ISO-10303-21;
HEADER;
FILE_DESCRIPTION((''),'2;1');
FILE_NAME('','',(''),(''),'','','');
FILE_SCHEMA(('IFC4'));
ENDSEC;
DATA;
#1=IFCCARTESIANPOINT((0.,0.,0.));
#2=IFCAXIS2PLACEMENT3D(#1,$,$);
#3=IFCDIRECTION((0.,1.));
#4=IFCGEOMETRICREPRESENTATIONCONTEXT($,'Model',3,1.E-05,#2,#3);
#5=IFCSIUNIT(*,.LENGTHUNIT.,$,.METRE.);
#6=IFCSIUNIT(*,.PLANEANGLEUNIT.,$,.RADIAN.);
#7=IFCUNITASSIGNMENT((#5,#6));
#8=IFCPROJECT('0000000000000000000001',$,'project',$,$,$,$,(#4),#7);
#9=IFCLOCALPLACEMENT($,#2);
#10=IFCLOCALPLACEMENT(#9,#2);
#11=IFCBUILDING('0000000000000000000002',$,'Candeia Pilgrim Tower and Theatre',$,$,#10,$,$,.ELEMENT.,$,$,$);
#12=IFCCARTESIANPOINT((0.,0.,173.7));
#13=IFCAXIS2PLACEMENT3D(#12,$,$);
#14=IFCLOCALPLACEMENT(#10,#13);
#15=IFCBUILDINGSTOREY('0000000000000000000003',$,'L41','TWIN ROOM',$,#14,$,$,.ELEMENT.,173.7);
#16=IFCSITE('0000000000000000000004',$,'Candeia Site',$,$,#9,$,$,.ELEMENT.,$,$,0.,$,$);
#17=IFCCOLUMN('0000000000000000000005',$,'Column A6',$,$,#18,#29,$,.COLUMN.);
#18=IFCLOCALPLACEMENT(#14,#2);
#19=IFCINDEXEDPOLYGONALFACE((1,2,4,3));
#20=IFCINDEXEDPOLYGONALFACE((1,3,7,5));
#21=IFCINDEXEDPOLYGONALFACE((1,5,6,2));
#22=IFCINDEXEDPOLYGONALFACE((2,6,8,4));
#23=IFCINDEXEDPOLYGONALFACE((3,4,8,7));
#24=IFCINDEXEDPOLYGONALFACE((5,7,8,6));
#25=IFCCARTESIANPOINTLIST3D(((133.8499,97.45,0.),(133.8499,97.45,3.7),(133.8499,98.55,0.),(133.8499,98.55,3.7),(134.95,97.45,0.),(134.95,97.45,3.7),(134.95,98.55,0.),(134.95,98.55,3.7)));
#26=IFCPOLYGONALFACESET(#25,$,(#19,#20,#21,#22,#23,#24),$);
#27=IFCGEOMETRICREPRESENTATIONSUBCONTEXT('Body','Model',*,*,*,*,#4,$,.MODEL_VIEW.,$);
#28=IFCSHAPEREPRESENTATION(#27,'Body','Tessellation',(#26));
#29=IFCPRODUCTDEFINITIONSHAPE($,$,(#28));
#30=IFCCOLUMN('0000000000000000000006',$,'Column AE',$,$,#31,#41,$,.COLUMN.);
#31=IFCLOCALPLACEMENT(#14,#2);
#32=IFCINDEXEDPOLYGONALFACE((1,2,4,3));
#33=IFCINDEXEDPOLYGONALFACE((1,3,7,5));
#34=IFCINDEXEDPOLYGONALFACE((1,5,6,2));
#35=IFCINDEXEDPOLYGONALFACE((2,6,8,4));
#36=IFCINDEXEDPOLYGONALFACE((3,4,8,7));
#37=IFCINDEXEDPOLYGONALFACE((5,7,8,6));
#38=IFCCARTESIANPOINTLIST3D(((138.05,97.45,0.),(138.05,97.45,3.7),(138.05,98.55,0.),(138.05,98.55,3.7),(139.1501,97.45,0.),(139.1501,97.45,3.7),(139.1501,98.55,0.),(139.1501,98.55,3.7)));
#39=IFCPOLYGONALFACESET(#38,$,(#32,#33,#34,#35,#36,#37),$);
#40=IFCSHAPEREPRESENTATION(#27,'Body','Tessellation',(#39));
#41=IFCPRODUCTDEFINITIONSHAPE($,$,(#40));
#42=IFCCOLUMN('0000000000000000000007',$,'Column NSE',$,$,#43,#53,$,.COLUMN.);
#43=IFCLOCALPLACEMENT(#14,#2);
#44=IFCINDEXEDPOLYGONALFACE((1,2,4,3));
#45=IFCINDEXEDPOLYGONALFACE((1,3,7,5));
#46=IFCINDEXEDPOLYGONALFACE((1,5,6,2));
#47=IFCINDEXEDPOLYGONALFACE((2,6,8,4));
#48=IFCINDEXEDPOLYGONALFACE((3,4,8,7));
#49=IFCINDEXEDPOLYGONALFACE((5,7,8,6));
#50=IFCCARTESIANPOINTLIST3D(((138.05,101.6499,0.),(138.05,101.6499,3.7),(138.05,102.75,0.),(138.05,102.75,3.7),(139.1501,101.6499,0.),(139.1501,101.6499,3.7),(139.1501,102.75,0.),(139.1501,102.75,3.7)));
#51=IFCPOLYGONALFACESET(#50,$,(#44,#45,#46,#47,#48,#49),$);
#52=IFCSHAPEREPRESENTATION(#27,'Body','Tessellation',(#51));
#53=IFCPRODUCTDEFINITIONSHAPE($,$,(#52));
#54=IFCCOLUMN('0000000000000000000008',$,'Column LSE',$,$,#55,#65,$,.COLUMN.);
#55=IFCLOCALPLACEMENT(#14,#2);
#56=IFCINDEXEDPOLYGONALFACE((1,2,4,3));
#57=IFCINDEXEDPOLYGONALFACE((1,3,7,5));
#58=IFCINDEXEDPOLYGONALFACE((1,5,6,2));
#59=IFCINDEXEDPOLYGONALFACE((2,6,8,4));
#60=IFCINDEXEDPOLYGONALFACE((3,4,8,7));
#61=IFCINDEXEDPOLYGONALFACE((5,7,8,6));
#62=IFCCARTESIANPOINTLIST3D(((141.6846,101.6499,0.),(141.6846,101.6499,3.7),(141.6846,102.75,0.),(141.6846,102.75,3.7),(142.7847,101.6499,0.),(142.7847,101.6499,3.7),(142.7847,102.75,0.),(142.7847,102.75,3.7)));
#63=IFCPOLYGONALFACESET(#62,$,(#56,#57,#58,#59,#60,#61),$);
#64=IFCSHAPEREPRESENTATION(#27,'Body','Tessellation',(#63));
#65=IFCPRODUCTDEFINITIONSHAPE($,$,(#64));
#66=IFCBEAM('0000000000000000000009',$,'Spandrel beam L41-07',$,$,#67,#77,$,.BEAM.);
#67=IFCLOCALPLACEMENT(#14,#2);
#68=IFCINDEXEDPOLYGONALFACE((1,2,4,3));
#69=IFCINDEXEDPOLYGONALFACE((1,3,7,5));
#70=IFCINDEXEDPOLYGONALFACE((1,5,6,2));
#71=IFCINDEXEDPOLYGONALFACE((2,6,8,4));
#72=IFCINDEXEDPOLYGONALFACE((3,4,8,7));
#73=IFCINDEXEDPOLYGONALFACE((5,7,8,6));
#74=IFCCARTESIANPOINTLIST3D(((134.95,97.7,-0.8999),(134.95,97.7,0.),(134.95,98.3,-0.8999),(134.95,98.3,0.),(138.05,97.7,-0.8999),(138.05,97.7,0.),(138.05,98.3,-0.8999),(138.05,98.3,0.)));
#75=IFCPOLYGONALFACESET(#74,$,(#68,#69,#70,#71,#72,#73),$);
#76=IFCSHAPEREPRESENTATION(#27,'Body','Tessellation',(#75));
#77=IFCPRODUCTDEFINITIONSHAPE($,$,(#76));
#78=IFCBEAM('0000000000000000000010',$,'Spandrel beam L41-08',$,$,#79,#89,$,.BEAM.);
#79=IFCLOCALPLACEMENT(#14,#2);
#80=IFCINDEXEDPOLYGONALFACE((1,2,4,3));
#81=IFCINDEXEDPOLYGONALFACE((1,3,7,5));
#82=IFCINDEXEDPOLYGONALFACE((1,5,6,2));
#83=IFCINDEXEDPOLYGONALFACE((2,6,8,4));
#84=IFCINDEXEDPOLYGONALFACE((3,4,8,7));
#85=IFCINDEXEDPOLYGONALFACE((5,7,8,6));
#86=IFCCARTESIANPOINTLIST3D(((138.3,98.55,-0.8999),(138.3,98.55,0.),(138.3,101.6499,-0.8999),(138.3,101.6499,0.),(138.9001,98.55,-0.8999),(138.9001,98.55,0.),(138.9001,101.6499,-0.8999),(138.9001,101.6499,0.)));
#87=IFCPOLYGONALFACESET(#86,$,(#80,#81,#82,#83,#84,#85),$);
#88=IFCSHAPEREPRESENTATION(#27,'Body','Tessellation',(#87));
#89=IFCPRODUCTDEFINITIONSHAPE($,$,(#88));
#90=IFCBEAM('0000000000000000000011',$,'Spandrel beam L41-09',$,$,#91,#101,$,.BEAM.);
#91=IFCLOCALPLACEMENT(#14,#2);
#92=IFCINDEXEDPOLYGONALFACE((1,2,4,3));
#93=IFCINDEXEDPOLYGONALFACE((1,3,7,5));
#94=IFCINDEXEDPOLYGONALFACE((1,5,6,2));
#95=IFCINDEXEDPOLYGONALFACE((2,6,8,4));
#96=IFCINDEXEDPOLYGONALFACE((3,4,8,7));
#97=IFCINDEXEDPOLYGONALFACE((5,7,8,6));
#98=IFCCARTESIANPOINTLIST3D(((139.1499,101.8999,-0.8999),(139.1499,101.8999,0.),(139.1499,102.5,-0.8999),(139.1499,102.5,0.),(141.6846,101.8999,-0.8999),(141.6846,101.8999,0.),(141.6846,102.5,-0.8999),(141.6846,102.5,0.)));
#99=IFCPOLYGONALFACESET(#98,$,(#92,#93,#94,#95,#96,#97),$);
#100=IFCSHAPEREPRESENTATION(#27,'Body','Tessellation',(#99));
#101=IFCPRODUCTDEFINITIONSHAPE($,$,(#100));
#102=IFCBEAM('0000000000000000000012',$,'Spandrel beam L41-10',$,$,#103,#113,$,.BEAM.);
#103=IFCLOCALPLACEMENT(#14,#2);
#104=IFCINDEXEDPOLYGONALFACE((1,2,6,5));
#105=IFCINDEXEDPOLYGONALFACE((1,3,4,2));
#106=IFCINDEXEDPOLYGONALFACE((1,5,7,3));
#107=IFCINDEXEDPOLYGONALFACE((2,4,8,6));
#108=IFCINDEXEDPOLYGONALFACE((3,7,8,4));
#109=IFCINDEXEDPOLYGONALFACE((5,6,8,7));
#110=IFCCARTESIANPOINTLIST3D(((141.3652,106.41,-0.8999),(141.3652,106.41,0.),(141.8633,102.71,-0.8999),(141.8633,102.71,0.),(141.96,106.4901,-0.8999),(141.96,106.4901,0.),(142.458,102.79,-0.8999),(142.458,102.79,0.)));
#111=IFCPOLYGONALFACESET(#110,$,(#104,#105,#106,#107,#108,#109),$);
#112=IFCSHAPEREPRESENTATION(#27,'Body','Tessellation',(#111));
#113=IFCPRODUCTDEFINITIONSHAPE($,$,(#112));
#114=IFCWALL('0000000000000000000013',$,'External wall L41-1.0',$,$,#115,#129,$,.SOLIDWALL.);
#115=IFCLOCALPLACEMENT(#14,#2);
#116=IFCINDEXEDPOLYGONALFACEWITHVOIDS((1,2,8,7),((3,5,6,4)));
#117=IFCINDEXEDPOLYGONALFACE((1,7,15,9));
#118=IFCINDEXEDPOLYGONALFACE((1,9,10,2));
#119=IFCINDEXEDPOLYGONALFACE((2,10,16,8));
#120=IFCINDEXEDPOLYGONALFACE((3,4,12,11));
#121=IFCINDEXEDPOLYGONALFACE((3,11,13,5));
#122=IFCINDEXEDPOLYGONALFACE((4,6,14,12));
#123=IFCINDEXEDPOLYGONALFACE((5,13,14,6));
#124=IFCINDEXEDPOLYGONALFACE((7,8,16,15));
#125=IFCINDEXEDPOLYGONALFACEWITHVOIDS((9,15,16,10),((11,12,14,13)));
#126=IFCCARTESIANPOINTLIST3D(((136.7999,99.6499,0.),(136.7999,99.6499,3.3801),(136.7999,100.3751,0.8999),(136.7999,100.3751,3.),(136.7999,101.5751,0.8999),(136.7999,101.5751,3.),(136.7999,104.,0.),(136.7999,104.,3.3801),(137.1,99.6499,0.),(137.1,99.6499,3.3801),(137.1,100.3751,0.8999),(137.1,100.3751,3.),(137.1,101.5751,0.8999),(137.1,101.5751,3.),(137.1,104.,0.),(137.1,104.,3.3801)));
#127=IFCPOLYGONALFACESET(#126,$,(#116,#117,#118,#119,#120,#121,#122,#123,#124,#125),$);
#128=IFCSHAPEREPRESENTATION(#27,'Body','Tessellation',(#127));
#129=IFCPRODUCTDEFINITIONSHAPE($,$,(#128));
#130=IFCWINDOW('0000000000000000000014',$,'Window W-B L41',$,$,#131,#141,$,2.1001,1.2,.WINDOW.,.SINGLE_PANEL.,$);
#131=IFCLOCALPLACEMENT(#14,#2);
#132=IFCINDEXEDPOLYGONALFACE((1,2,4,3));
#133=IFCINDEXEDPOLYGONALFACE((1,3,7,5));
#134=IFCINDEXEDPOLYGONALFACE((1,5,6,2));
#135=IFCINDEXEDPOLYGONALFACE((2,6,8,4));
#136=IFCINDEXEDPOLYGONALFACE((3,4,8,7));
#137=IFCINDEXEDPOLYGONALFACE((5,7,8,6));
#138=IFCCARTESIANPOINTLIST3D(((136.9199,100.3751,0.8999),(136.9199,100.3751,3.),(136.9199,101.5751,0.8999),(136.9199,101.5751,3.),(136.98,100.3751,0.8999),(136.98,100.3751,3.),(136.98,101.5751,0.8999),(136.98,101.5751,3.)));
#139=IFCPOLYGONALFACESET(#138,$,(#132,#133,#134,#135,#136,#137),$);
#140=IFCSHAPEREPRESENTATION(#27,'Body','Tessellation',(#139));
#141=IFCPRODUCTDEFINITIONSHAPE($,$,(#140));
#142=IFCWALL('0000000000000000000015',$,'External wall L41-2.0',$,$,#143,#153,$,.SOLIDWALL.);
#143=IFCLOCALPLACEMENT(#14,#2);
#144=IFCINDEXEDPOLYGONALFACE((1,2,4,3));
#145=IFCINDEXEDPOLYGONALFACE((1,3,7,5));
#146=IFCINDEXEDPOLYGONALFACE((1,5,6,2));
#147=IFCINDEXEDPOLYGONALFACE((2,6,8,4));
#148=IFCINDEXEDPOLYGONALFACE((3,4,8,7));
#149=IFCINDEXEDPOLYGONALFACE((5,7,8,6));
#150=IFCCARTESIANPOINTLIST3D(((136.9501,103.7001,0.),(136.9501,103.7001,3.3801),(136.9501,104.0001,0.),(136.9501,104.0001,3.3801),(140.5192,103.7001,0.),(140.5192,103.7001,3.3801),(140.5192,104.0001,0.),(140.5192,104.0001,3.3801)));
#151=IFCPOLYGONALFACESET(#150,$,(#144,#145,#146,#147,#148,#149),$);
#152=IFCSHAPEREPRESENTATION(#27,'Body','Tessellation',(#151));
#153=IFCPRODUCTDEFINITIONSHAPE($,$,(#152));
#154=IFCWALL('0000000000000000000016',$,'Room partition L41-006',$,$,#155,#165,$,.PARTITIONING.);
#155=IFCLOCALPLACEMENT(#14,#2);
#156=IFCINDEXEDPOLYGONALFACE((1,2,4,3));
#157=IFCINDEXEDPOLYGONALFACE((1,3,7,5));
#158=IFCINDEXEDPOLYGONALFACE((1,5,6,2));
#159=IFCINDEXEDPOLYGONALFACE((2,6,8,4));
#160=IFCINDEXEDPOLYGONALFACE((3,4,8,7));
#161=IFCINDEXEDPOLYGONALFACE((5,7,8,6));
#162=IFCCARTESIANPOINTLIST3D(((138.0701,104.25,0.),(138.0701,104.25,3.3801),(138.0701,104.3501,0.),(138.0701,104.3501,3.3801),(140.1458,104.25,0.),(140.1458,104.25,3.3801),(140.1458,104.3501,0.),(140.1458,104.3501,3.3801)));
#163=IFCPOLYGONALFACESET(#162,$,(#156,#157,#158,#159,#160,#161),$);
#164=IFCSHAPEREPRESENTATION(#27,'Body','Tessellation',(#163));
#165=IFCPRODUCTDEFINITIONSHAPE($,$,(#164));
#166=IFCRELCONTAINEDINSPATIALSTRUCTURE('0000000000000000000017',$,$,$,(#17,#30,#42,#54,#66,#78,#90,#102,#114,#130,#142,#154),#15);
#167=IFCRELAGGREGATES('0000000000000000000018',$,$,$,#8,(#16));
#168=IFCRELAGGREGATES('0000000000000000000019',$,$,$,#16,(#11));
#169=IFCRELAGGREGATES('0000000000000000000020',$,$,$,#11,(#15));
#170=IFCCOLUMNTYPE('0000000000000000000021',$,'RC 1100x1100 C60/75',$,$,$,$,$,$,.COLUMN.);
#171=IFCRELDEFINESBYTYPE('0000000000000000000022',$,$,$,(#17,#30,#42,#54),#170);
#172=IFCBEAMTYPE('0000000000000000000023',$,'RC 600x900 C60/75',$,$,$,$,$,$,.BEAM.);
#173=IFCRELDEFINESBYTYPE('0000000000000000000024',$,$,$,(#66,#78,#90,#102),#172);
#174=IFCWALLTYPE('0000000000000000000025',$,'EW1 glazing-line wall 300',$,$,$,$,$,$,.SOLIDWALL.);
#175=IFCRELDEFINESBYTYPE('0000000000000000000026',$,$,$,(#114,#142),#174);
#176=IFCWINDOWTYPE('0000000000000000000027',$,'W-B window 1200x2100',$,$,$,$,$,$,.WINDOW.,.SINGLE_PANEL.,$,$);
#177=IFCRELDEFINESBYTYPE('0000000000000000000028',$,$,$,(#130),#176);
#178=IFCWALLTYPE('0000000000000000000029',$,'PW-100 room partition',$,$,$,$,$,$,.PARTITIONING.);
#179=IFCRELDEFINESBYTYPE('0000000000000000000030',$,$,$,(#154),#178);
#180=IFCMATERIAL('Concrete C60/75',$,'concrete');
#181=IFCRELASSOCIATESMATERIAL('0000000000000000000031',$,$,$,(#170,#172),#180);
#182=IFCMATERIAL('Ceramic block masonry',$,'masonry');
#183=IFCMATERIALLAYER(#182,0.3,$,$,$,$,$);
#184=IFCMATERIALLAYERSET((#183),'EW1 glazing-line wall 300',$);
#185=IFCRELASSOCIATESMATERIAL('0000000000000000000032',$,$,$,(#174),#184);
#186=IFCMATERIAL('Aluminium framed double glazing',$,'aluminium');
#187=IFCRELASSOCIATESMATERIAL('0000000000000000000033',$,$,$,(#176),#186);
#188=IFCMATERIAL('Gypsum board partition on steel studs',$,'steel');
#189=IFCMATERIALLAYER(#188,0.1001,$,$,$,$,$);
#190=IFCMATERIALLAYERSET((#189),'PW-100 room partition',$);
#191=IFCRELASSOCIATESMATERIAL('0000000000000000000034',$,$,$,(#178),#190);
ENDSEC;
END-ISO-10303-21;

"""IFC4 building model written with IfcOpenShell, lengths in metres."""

from ifc_helpers import new_model, si_unit, direction, frame, frame_2d, origin, origin_2d, place, context, subcontext, project, spatial, rectangle, extrude, material, layer, layer_set, material_profile, profile_set, type_object, element, fill, save


model = new_model("IFC4")

# Units and contexts
model_context = context("Model", 3, precision=1e-05, world=origin(), true_north=direction((0.0, 1.0)))
body_context = subcontext(model_context, "Body", "Model", "MODEL_VIEW")
ifc_project = project(units=[si_unit("LENGTHUNIT", "METRE"), si_unit("PLANEANGLEUNIT", "RADIAN")], contexts=[model_context])

# Site, building, storey
site_placement = place(None, origin())
site = spatial("IfcSite", under=ifc_project, at=site_placement, Name="Candeia Site", CompositionType="ELEMENT", RefElevation=0.0)
building_placement = place(site_placement, origin())
building = spatial("IfcBuilding", under=site, at=building_placement, Name="Candeia Pilgrim Tower and Theatre", CompositionType="ELEMENT")
storey_placement = place(building_placement, frame((0.0, 0.0, 173.7)))
storey = spatial("IfcBuildingStorey", under=building, at=storey_placement, Name="L41", Description="TWIN ROOM", CompositionType="ELEMENT", Elevation=173.7)

# Columns
ifc_material_1 = material(Name="Concrete C60/75", Category="concrete")
ifc_material_profile_1 = material_profile(ifc_material_1, rectangle(XDim=1.1001, YDim=1.1001, at=origin_2d()))
ifc_profile_set_1 = profile_set([ifc_material_profile_1], Name="Concrete C60/75")
column_type = type_object("IfcColumnType", Name="RC 1100x1100 C60/75", PredefinedType="COLUMN", material=ifc_profile_set_1)
for number, where, z_axis, x_axis, name in (
    (1, (134.3999, 98.0, 0.0), (0.0, 0.0, 1.0), (1.0, 0.0, 0.0), "Column A6"),
    (2, (138.6001, 98.0, 0.0), (0.0, 0.0, 1.0), (1.0, 0.0, 0.0), "Column AE"),
    (3, (138.6001, 102.2, 0.0), (0.0, 0.0, 1.0), (1.0, 0.0, 0.0), "Column NSE"),
    (4, (142.2346, 102.2, 0.0), (0.0, 0.0, 1.0), (1.0, 0.0, 0.0), "Column LSE"),
):
    element("IfcColumn", number, at=place(storey_placement, frame(where, z_axis=z_axis, x_axis=x_axis)), inside=storey, type_object=column_type, Name=name, PredefinedType="COLUMN", context=body_context, shape_type="SweptSolid", body=[
        extrude(rectangle(XDim=1.1001, YDim=1.1001, at=origin_2d()), origin(), (0.0, 0.0, 1.0), 3.7),
    ])

# Beams
ifc_material_profile_2 = material_profile(ifc_material_1, rectangle(XDim=0.6001, YDim=0.8999, at=origin_2d()))
ifc_profile_set_2 = profile_set([ifc_material_profile_2], Name="Concrete C60/75")
beam_type = type_object("IfcBeamType", Name="RC 600x900 C60/75", PredefinedType="BEAM", material=ifc_profile_set_2)
beam_1_placement = place(storey_placement, frame((134.95, 98.0, -0.45), z_axis=(1.0, 0.0, 0.0), x_axis=(0.0, 1.0, 0.0)))
element("IfcBeam", 5, at=beam_1_placement, inside=storey, type_object=beam_type, Name="Spandrel beam L41-07", PredefinedType="BEAM", context=body_context, shape_type="SweptSolid", body=[
    extrude(rectangle(XDim=0.6001, YDim=0.8999, at=origin_2d()), origin(), (0.0, 0.0, 1.0), 3.1001),
])
beam_2_placement = place(storey_placement, frame((138.6001, 98.55, -0.45), z_axis=(0.0, 1.0, 0.0), x_axis=(-1.0, 0.0, 0.0)))
element("IfcBeam", 6, at=beam_2_placement, inside=storey, type_object=beam_type, Name="Spandrel beam L41-08", PredefinedType="BEAM", context=body_context, shape_type="SweptSolid", body=[
    extrude(rectangle(XDim=0.6001, YDim=0.8999, at=origin_2d()), origin(), (0.0, 0.0, 1.0), 3.0999),
])
beam_3_placement = place(storey_placement, frame((139.1499, 102.2, -0.45), z_axis=(1.0, 0.0, 0.0), x_axis=(0.0, 1.0, 0.0)))
element("IfcBeam", 7, at=beam_3_placement, inside=storey, type_object=beam_type, Name="Spandrel beam L41-09", PredefinedType="BEAM", context=body_context, shape_type="SweptSolid", body=[
    extrude(rectangle(XDim=0.6001, YDim=0.8999, at=origin_2d()), origin(), (0.0, 0.0, 1.0), 2.5347),
])
beam_4_placement = place(storey_placement, frame((142.1606, 102.75, -0.45), z_axis=(-0.133406, 0.991061, 0.0), x_axis=(-0.991061, -0.133406, 0.0)))
element("IfcBeam", 8, at=beam_4_placement, inside=storey, type_object=beam_type, Name="Spandrel beam L41-10", PredefinedType="BEAM", context=body_context, shape_type="SweptSolid", body=[
    extrude(rectangle(XDim=0.6001, YDim=0.8999, at=origin_2d()), origin(), (0.0, 0.0, 1.0), 3.7334),
])

# Wall, opening, window
ifc_material_2 = material(Name="Ceramic block masonry", Category="masonry")
ifc_layer_1 = layer(ifc_material_2, 0.3)
ifc_layer_set_1 = layer_set([ifc_layer_1], Name="EW1 glazing-line wall 300")
wall_type_1 = type_object("IfcWallType", Name="EW1 glazing-line wall 300", PredefinedType="SOLIDWALL", material=ifc_layer_set_1)
wall_1_placement = place(storey_placement, frame((136.95, 99.6499, 0.0), z_axis=(0.0, 0.0, 1.0), x_axis=(0.0, 1.0, 0.0)))
wall_1 = element("IfcWall", 9, at=wall_1_placement, inside=storey, type_object=wall_type_1, Name="External wall L41-1.0", PredefinedType="SOLIDWALL", context=body_context, shape_type="SweptSolid", body=[
    extrude(rectangle(XDim=4.3501, YDim=0.3, at=frame_2d((2.175, 0.0))), origin(), (0.0, 0.0, 1.0), 3.3801),
])
opening_1_placement = place(wall_1_placement, frame((0.7251, 0.0, 0.8999)))
opening_1 = element("IfcOpeningElement", 10, at=opening_1_placement, cuts=wall_1, PredefinedType="OPENING", context=body_context, shape_type="SweptSolid", body=[
    extrude(rectangle(XDim=1.2, YDim=2.1001, at=frame_2d((0.6001, 1.05))), frame((0.0, 0.1602, 0.0), z_axis=(0.0, -1.0, 0.0), x_axis=(1.0, 0.0, 0.0)), (0.0, 0.0, 1.0), 0.3201),
])
ifc_material_3 = material(Name="Aluminium framed double glazing", Category="aluminium")
window_type = type_object("IfcWindowType", Name="W-B window 1200x2100", PartitioningType="SINGLE_PANEL", PredefinedType="WINDOW", material=ifc_material_3)
window_1_placement = place(opening_1_placement, origin())
window_1 = element("IfcWindow", 11, at=window_1_placement, inside=storey, type_object=window_type, Name="Window W-B L41", OverallHeight=2.1001, OverallWidth=1.2, PartitioningType="SINGLE_PANEL", PredefinedType="WINDOW", context=body_context, shape_type="SweptSolid", body=[
    extrude(rectangle(XDim=1.2, YDim=2.1001, at=frame_2d((0.6001, 1.05))), frame((0.0, 0.03, 0.0), z_axis=(0.0, -1.0, 0.0), x_axis=(1.0, 0.0, 0.0)), (0.0, 0.0, 1.0), 0.0601),
])
fill(opening_1, window_1)

# Wall
wall_2_placement = place(storey_placement, frame((136.95, 103.8501, 0.0), z_axis=(0.0, 0.0, 1.0), x_axis=(1.0, 0.0, 0.0)))
element("IfcWall", 12, at=wall_2_placement, inside=storey, type_object=wall_type_1, Name="External wall L41-2.0", PredefinedType="SOLIDWALL", context=body_context, shape_type="SweptSolid", body=[
    extrude(rectangle(XDim=3.5691, YDim=0.3, at=frame_2d((1.7847, 0.0))), origin(), (0.0, 0.0, 1.0), 3.3801),
])

# Wall
ifc_material_4 = material(Name="Gypsum board partition on steel studs", Category="steel")
ifc_layer_2 = layer(ifc_material_4, 0.1001)
ifc_layer_set_2 = layer_set([ifc_layer_2], Name="PW-100 room partition")
wall_type_2 = type_object("IfcWallType", Name="PW-100 room partition", PredefinedType="PARTITIONING", material=ifc_layer_set_2)
wall_3_placement = place(storey_placement, frame((138.0701, 104.3, 0.0), z_axis=(0.0, 0.0, 1.0), x_axis=(1.0, 0.0, 0.0)))
element("IfcWall", 13, at=wall_3_placement, inside=storey, type_object=wall_type_2, Name="Room partition L41-006", PredefinedType="PARTITIONING", context=body_context, shape_type="SweptSolid", body=[
    extrude(rectangle(XDim=2.0757, YDim=0.1001, at=frame_2d((1.0378, 0.0))), origin(), (0.0, 0.0, 1.0), 3.3801),
])

save(model, "model.ifc")
